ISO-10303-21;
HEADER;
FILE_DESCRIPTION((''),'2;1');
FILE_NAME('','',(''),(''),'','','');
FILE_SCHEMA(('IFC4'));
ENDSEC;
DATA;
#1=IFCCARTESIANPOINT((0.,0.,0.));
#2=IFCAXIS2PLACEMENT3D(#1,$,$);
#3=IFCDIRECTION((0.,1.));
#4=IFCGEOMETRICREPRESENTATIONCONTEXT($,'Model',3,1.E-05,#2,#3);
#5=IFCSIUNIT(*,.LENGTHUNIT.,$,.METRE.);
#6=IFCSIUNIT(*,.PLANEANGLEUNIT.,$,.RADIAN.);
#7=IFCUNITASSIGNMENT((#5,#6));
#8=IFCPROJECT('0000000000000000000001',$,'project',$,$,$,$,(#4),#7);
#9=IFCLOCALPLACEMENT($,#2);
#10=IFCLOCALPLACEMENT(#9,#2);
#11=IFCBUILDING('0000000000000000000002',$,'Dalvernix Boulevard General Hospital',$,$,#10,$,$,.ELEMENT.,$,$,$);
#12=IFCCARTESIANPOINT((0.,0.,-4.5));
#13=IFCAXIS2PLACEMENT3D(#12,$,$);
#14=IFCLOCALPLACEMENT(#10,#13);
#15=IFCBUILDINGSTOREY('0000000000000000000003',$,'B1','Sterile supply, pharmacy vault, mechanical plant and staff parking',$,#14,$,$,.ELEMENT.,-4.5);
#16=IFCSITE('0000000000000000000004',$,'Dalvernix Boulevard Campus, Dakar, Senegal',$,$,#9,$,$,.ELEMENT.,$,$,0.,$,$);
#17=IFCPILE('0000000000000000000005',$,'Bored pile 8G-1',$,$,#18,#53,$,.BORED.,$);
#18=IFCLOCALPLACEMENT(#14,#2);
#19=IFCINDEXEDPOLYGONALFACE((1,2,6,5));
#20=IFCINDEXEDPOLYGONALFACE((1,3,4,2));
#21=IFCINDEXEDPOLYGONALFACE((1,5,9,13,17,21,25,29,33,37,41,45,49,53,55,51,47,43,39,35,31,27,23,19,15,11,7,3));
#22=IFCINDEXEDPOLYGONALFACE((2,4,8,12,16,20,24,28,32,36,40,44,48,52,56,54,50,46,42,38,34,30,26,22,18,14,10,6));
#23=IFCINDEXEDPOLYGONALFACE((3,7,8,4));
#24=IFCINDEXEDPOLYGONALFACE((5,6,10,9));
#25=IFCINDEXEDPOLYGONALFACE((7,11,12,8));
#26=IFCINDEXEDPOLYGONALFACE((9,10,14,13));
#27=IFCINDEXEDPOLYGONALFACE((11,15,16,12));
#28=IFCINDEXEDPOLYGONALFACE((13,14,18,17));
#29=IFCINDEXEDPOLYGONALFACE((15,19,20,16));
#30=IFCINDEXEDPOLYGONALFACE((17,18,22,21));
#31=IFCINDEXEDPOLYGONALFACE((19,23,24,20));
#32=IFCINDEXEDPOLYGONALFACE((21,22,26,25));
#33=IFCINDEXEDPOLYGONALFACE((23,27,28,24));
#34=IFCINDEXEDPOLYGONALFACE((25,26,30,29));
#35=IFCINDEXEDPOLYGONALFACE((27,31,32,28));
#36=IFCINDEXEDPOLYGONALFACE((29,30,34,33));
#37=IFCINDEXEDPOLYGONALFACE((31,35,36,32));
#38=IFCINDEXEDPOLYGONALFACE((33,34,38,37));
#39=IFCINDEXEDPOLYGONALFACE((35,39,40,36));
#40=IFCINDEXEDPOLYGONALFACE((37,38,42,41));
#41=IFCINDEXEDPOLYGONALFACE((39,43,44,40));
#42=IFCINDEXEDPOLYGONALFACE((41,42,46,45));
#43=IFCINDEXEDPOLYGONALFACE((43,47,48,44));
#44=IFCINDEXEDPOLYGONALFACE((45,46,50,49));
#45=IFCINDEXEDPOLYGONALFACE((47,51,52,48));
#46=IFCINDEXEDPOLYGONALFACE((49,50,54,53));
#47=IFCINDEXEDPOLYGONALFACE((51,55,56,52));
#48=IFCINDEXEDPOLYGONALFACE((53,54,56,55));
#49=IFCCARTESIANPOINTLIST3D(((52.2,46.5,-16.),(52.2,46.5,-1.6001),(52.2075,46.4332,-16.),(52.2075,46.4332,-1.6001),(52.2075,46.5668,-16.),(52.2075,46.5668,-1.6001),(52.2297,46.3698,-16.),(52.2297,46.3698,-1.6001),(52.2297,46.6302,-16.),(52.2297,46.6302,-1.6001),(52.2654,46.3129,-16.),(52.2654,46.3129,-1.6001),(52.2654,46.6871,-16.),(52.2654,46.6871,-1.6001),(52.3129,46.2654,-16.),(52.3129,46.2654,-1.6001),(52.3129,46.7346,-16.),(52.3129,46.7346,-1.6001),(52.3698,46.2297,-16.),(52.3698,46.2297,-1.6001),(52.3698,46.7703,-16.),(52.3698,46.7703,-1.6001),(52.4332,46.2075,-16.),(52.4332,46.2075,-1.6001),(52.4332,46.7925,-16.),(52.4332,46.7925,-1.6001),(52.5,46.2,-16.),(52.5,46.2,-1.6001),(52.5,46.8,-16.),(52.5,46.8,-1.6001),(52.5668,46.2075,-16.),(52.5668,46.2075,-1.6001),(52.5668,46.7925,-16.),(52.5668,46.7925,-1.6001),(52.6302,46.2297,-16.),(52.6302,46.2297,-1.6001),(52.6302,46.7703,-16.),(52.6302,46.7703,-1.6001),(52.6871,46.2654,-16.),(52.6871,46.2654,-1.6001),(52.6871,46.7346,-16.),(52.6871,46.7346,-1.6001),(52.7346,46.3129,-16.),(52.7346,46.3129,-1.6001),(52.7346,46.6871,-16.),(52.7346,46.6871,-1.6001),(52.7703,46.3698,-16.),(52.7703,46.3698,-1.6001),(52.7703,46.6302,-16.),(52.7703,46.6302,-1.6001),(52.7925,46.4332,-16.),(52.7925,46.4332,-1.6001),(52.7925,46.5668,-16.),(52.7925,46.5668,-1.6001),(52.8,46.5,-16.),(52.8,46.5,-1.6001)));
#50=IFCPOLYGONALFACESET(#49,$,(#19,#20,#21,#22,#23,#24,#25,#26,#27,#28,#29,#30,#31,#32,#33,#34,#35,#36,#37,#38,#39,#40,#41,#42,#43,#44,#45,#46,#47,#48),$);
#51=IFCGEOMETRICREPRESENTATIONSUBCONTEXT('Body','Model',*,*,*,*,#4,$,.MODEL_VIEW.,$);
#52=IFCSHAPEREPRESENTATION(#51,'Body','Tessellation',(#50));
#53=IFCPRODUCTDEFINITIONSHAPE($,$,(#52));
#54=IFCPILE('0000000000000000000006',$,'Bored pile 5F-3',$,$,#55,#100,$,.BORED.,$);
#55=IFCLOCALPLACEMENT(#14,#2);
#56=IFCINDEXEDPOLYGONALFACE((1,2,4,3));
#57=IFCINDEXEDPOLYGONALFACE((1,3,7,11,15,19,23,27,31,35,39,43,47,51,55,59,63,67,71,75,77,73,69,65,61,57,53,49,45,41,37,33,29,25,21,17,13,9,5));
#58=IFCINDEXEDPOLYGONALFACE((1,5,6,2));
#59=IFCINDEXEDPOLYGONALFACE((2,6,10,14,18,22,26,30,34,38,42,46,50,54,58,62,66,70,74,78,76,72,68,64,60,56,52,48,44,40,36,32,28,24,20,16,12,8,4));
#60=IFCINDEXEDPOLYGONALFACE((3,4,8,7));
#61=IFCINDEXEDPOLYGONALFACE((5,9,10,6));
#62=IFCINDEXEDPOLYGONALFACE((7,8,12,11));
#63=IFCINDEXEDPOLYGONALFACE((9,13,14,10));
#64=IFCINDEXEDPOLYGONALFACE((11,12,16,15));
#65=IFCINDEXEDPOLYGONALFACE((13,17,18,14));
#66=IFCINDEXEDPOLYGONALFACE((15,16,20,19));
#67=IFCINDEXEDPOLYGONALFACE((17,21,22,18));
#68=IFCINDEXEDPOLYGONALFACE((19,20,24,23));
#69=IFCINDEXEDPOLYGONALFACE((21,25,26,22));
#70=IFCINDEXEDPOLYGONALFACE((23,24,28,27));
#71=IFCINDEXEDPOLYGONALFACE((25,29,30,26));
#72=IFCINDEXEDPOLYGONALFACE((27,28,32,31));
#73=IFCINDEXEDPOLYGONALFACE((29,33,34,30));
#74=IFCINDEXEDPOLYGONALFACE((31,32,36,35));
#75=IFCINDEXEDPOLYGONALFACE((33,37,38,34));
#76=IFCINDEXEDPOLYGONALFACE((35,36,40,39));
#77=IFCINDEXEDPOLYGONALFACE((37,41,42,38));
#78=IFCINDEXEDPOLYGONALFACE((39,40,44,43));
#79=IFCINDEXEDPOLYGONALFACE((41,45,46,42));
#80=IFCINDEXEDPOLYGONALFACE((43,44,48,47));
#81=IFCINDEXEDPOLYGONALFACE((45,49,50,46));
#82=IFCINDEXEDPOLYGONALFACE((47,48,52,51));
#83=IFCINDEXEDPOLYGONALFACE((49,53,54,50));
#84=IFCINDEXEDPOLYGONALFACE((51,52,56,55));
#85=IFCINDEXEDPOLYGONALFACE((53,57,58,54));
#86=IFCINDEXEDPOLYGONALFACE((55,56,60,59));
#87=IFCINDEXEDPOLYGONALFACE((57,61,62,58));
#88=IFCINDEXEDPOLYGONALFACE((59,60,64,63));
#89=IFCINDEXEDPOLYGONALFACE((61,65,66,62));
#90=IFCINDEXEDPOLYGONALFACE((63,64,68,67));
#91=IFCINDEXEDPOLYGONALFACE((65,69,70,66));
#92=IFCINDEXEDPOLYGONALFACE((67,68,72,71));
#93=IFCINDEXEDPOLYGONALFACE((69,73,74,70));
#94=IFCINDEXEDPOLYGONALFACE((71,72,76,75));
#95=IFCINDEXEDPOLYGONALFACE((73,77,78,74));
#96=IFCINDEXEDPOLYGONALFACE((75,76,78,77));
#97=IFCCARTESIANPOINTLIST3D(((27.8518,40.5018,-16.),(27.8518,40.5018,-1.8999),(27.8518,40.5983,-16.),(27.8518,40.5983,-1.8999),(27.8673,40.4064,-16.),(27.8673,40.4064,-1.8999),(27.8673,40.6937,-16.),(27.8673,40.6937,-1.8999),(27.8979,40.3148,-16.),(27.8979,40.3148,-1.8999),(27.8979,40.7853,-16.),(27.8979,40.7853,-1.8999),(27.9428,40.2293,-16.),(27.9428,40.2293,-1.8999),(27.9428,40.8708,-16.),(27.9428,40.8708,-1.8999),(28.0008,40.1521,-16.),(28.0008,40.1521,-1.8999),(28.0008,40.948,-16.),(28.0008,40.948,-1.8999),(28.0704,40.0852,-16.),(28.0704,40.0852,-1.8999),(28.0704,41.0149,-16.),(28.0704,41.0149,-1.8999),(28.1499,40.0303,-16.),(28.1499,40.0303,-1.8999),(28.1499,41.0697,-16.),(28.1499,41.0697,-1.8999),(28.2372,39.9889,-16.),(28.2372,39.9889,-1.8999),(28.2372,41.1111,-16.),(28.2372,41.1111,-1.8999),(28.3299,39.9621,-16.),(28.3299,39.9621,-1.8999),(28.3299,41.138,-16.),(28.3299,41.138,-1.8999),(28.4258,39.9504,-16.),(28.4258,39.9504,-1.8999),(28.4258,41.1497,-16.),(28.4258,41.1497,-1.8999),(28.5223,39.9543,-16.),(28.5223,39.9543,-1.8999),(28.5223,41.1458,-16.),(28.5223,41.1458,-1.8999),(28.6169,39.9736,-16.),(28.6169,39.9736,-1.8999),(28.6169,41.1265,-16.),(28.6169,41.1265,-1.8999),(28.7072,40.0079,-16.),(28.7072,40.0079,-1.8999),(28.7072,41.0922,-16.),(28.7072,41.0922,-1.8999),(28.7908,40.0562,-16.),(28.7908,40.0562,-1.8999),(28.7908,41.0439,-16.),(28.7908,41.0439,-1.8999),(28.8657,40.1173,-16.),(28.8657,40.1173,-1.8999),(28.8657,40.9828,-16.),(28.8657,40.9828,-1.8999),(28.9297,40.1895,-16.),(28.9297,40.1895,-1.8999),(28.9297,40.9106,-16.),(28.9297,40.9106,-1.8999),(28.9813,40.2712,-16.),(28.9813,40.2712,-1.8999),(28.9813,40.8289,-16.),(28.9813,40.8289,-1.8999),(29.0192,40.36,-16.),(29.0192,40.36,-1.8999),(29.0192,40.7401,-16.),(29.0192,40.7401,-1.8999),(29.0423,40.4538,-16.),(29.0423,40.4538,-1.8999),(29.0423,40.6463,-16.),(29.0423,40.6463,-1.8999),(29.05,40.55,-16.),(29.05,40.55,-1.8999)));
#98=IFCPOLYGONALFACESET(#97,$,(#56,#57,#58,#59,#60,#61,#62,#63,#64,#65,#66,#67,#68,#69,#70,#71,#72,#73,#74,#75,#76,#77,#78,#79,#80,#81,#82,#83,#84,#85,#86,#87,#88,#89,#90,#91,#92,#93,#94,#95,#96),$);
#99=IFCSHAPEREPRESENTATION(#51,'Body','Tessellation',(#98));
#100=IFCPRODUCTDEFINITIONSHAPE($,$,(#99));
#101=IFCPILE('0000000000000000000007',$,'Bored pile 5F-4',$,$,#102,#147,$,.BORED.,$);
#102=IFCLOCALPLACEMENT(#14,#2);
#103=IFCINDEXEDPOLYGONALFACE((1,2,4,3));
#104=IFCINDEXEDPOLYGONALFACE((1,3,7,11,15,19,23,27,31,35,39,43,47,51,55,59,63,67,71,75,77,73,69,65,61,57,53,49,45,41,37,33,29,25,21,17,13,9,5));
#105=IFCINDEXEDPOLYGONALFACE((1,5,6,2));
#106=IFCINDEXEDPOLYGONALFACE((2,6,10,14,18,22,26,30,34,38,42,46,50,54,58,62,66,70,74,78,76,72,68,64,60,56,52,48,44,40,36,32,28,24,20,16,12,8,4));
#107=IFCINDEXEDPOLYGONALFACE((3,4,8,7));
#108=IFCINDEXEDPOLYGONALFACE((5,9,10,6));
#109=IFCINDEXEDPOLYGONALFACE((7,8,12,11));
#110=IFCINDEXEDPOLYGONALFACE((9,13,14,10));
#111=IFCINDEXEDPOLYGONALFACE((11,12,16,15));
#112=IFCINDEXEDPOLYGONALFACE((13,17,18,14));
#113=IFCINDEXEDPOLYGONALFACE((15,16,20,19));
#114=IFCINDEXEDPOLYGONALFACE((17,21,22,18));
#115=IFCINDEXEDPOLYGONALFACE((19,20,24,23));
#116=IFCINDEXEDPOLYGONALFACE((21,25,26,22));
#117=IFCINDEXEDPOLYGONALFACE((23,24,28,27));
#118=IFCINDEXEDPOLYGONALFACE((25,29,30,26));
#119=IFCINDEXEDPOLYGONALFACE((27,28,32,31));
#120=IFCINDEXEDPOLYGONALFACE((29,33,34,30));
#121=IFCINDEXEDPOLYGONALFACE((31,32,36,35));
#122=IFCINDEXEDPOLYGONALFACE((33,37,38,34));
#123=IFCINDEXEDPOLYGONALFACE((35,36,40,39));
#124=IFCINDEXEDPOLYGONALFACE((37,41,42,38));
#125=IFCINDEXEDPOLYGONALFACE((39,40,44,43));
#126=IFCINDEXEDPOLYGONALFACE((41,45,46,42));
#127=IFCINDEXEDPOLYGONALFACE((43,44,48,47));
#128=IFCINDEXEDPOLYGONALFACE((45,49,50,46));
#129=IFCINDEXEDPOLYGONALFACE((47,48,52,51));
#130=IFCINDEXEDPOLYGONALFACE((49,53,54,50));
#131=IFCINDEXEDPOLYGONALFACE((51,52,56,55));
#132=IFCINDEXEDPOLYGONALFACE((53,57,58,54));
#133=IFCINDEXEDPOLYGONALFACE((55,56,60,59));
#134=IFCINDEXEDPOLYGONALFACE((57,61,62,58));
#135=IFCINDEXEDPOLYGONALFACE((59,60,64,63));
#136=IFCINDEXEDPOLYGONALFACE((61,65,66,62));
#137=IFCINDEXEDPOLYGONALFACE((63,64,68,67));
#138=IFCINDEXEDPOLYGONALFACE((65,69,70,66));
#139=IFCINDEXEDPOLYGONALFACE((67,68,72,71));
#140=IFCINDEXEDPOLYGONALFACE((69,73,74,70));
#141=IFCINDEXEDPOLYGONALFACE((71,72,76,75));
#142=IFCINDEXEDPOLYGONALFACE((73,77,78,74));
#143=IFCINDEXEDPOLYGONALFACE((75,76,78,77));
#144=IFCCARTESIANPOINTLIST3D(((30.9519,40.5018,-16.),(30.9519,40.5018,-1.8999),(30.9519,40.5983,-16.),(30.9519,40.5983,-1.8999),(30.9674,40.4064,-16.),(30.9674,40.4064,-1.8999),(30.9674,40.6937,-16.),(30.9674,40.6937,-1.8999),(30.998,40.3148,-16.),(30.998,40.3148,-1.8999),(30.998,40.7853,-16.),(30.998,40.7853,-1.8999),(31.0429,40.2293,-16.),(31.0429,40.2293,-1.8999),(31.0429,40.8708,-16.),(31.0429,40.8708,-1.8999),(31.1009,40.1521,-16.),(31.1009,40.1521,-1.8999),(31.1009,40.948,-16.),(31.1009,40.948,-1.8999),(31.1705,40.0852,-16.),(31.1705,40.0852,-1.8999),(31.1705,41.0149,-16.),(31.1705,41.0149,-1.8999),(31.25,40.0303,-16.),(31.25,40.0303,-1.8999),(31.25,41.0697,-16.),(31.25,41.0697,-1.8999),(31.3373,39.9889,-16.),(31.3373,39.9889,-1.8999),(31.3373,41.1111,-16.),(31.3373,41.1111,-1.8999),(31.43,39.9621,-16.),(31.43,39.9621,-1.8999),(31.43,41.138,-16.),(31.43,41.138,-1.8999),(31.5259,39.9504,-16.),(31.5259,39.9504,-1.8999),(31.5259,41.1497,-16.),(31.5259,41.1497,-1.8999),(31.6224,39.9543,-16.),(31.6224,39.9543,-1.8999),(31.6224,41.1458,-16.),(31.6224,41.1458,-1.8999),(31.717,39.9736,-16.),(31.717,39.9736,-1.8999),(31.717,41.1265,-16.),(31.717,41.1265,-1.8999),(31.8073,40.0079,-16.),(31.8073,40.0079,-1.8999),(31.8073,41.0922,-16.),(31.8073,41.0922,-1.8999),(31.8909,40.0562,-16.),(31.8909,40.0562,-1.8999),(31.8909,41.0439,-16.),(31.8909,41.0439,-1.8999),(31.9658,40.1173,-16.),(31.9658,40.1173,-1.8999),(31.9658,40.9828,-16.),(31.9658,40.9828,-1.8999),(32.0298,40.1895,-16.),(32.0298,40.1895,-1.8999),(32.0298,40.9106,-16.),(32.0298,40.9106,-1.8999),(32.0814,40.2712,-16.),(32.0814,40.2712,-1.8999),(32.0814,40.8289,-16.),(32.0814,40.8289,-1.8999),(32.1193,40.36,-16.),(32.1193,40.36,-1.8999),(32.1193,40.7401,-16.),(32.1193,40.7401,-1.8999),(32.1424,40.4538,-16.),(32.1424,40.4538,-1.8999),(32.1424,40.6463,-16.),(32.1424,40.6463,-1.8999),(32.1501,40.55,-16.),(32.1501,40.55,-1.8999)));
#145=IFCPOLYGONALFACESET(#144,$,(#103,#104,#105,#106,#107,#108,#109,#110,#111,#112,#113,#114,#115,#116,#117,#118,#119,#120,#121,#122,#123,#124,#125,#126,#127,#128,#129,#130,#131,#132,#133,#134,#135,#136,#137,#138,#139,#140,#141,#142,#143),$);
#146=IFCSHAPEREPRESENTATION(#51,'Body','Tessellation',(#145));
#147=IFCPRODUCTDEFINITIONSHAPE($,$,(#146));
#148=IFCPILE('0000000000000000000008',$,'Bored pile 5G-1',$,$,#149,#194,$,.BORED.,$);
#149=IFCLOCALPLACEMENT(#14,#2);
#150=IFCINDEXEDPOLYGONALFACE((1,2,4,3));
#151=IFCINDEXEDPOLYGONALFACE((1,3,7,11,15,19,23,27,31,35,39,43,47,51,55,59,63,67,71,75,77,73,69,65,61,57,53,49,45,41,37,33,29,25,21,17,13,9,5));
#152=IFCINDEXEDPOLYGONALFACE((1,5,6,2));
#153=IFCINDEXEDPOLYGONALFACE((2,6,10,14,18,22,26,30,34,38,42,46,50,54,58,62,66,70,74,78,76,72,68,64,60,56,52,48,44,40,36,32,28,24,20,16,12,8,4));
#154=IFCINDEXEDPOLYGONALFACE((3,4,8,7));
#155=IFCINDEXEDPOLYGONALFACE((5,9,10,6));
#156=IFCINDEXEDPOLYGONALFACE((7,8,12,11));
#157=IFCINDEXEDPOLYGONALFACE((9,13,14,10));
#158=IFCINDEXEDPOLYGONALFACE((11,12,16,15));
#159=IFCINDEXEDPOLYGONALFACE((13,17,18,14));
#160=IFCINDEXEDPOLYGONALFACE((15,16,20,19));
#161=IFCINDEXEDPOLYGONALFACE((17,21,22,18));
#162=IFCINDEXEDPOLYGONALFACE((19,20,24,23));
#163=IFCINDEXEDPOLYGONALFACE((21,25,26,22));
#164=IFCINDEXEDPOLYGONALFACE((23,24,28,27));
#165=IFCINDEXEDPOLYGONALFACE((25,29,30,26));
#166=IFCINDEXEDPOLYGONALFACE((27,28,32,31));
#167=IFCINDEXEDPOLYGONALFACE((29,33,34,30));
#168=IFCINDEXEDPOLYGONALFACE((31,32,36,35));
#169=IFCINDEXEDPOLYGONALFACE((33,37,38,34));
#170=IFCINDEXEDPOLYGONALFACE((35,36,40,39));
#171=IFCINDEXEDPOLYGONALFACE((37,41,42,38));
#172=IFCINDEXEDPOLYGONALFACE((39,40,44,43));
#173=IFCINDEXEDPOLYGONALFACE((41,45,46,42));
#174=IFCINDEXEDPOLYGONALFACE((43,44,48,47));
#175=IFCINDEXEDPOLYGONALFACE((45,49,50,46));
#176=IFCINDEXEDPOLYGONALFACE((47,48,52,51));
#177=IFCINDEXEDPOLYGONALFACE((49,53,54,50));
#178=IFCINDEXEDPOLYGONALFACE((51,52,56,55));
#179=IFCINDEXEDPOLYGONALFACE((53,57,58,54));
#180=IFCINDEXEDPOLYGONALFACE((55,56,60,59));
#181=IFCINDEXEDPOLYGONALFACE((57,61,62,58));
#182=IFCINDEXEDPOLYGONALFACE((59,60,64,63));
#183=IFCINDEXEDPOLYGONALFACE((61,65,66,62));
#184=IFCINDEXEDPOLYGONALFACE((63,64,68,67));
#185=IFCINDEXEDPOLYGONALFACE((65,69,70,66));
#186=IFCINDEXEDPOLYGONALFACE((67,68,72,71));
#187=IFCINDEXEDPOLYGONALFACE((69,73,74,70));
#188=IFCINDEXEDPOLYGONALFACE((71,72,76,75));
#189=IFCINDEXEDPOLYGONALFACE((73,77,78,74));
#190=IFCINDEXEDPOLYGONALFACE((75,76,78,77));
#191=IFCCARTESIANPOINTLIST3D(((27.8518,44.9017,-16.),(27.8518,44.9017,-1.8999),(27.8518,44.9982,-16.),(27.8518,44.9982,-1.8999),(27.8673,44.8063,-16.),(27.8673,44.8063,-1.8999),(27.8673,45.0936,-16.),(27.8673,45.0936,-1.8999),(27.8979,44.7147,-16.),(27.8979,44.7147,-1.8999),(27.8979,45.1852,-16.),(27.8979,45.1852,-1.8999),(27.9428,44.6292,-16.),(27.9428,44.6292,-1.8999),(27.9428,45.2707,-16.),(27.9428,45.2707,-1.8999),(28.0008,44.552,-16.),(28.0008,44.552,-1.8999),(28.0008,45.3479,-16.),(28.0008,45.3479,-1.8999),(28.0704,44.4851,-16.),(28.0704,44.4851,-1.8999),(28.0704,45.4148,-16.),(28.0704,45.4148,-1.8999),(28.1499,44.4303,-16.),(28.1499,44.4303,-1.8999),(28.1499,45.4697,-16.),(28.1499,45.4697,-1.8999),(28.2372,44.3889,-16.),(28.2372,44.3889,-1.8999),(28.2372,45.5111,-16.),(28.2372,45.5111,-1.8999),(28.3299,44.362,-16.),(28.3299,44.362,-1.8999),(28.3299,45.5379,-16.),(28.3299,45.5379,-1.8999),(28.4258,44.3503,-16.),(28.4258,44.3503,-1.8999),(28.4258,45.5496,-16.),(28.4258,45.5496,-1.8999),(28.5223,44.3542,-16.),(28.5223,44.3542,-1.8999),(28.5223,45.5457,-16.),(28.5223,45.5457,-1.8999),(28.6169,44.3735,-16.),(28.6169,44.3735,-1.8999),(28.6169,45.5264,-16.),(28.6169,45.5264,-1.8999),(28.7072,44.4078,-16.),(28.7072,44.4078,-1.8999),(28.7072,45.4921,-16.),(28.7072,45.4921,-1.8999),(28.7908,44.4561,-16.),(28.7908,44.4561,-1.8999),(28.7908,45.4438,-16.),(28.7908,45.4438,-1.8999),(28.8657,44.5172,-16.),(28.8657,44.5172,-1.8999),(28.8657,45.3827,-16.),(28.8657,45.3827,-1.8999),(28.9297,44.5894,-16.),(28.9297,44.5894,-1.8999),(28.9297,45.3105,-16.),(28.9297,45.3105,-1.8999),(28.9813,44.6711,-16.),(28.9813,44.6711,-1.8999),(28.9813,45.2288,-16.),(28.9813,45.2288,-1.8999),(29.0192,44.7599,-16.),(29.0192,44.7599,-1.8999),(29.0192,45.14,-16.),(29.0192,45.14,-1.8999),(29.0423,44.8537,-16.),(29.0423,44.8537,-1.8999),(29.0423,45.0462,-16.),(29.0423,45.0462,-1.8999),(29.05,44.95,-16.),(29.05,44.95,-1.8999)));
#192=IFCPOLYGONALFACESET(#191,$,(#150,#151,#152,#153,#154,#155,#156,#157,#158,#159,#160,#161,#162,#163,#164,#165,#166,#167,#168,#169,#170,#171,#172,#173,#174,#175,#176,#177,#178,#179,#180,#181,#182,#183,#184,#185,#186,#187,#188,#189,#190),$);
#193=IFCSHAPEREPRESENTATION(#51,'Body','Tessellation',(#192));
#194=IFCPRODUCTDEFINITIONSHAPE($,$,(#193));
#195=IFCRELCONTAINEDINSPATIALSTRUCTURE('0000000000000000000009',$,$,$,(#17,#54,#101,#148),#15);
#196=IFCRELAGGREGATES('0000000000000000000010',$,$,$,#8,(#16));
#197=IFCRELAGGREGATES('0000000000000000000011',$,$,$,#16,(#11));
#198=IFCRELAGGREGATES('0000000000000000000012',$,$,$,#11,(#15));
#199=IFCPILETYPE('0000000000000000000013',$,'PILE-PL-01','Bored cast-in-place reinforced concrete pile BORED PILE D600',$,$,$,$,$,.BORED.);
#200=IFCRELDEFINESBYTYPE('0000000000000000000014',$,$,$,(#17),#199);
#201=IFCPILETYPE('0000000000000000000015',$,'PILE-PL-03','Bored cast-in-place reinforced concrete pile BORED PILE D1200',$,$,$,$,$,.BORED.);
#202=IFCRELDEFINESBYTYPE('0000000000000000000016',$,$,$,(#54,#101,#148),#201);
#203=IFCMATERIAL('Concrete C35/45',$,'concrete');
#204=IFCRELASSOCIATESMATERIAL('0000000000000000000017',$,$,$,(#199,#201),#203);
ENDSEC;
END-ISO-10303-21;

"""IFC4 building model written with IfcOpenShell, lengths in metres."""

from ifc_helpers import new_model, si_unit, direction, frame, origin, origin_2d, place, context, subcontext, project, spatial, circle, extrude, material, material_profile, profile_set, type_object, element, save


model = new_model("IFC4")

# Units and contexts
model_context = context("Model", 3, precision=1e-05, world=origin(), true_north=direction((0.0, 1.0)))
body_context = subcontext(model_context, "Body", "Model", "MODEL_VIEW")
ifc_project = project(units=[si_unit("LENGTHUNIT", "METRE"), si_unit("PLANEANGLEUNIT", "RADIAN")], contexts=[model_context])

# Site, building, storey
site_placement = place(None, origin())
site = spatial("IfcSite", under=ifc_project, at=site_placement, Name="Dalvernix Boulevard Campus, Dakar, Senegal", CompositionType="ELEMENT", RefElevation=0.0)
building_placement = place(site_placement, origin())
building = spatial("IfcBuilding", under=site, at=building_placement, Name="Dalvernix Boulevard General Hospital", CompositionType="ELEMENT")
storey_placement = place(building_placement, frame((0.0, 0.0, -4.5)))
storey = spatial("IfcBuildingStorey", under=building, at=storey_placement, Name="B1", Description="Sterile supply, pharmacy vault, mechanical plant and staff parking", CompositionType="ELEMENT", Elevation=-4.5)

# Shared definitions
ifc_material_1 = material(Name="Concrete C35/45", Category="concrete")

# Piles
ifc_material_profile_1 = material_profile(ifc_material_1, circle(Radius=0.3, at=origin_2d()), Name="BORED PILE D600")
ifc_profile_set_1 = profile_set([ifc_material_profile_1], Name="Concrete C35/45")
pile_type_1 = type_object("IfcPileType", Name="PILE-PL-01", Description="Bored cast-in-place reinforced concrete pile BORED PILE D600", PredefinedType="BORED", material=ifc_profile_set_1)
for number, where, z_axis, x_axis, name in (
    (1, (52.5, 46.5, -1.6001), (0.0, 0.0, -1.0), (1.0, 0.0, 0.0), "Bored pile 8G-1"),
):
    element("IfcPile", number, at=place(storey_placement, frame(where, z_axis=z_axis, x_axis=x_axis)), inside=storey, type_object=pile_type_1, Name=name, PredefinedType="BORED", context=body_context, shape_type="SweptSolid", body=[
        extrude(circle(Radius=0.3, at=origin_2d()), origin(), (0.0, 0.0, 1.0), 14.3999),
    ])
ifc_material_profile_2 = material_profile(ifc_material_1, circle(Radius=0.6001, at=origin_2d()), Name="BORED PILE D1200")
ifc_profile_set_2 = profile_set([ifc_material_profile_2], Name="Concrete C35/45")
pile_type_2 = type_object("IfcPileType", Name="PILE-PL-03", Description="Bored cast-in-place reinforced concrete pile BORED PILE D1200", PredefinedType="BORED", material=ifc_profile_set_2)
for number, where, z_axis, x_axis, name in (
    (2, (28.45, 40.55, -1.8999), (0.0, 0.0, -1.0), (1.0, 0.0, 0.0), "Bored pile 5F-3"),
    (3, (31.55, 40.55, -1.8999), (0.0, 0.0, -1.0), (1.0, 0.0, 0.0), "Bored pile 5F-4"),
    (4, (28.45, 44.95, -1.8999), (0.0, 0.0, -1.0), (1.0, 0.0, 0.0), "Bored pile 5G-1"),
):
    element("IfcPile", number, at=place(storey_placement, frame(where, z_axis=z_axis, x_axis=x_axis)), inside=storey, type_object=pile_type_2, Name=name, PredefinedType="BORED", context=body_context, shape_type="SweptSolid", body=[
        extrude(circle(Radius=0.6001, at=origin_2d()), origin(), (0.0, 0.0, 1.0), 14.1001),
    ])

save(model, "model.ifc")
